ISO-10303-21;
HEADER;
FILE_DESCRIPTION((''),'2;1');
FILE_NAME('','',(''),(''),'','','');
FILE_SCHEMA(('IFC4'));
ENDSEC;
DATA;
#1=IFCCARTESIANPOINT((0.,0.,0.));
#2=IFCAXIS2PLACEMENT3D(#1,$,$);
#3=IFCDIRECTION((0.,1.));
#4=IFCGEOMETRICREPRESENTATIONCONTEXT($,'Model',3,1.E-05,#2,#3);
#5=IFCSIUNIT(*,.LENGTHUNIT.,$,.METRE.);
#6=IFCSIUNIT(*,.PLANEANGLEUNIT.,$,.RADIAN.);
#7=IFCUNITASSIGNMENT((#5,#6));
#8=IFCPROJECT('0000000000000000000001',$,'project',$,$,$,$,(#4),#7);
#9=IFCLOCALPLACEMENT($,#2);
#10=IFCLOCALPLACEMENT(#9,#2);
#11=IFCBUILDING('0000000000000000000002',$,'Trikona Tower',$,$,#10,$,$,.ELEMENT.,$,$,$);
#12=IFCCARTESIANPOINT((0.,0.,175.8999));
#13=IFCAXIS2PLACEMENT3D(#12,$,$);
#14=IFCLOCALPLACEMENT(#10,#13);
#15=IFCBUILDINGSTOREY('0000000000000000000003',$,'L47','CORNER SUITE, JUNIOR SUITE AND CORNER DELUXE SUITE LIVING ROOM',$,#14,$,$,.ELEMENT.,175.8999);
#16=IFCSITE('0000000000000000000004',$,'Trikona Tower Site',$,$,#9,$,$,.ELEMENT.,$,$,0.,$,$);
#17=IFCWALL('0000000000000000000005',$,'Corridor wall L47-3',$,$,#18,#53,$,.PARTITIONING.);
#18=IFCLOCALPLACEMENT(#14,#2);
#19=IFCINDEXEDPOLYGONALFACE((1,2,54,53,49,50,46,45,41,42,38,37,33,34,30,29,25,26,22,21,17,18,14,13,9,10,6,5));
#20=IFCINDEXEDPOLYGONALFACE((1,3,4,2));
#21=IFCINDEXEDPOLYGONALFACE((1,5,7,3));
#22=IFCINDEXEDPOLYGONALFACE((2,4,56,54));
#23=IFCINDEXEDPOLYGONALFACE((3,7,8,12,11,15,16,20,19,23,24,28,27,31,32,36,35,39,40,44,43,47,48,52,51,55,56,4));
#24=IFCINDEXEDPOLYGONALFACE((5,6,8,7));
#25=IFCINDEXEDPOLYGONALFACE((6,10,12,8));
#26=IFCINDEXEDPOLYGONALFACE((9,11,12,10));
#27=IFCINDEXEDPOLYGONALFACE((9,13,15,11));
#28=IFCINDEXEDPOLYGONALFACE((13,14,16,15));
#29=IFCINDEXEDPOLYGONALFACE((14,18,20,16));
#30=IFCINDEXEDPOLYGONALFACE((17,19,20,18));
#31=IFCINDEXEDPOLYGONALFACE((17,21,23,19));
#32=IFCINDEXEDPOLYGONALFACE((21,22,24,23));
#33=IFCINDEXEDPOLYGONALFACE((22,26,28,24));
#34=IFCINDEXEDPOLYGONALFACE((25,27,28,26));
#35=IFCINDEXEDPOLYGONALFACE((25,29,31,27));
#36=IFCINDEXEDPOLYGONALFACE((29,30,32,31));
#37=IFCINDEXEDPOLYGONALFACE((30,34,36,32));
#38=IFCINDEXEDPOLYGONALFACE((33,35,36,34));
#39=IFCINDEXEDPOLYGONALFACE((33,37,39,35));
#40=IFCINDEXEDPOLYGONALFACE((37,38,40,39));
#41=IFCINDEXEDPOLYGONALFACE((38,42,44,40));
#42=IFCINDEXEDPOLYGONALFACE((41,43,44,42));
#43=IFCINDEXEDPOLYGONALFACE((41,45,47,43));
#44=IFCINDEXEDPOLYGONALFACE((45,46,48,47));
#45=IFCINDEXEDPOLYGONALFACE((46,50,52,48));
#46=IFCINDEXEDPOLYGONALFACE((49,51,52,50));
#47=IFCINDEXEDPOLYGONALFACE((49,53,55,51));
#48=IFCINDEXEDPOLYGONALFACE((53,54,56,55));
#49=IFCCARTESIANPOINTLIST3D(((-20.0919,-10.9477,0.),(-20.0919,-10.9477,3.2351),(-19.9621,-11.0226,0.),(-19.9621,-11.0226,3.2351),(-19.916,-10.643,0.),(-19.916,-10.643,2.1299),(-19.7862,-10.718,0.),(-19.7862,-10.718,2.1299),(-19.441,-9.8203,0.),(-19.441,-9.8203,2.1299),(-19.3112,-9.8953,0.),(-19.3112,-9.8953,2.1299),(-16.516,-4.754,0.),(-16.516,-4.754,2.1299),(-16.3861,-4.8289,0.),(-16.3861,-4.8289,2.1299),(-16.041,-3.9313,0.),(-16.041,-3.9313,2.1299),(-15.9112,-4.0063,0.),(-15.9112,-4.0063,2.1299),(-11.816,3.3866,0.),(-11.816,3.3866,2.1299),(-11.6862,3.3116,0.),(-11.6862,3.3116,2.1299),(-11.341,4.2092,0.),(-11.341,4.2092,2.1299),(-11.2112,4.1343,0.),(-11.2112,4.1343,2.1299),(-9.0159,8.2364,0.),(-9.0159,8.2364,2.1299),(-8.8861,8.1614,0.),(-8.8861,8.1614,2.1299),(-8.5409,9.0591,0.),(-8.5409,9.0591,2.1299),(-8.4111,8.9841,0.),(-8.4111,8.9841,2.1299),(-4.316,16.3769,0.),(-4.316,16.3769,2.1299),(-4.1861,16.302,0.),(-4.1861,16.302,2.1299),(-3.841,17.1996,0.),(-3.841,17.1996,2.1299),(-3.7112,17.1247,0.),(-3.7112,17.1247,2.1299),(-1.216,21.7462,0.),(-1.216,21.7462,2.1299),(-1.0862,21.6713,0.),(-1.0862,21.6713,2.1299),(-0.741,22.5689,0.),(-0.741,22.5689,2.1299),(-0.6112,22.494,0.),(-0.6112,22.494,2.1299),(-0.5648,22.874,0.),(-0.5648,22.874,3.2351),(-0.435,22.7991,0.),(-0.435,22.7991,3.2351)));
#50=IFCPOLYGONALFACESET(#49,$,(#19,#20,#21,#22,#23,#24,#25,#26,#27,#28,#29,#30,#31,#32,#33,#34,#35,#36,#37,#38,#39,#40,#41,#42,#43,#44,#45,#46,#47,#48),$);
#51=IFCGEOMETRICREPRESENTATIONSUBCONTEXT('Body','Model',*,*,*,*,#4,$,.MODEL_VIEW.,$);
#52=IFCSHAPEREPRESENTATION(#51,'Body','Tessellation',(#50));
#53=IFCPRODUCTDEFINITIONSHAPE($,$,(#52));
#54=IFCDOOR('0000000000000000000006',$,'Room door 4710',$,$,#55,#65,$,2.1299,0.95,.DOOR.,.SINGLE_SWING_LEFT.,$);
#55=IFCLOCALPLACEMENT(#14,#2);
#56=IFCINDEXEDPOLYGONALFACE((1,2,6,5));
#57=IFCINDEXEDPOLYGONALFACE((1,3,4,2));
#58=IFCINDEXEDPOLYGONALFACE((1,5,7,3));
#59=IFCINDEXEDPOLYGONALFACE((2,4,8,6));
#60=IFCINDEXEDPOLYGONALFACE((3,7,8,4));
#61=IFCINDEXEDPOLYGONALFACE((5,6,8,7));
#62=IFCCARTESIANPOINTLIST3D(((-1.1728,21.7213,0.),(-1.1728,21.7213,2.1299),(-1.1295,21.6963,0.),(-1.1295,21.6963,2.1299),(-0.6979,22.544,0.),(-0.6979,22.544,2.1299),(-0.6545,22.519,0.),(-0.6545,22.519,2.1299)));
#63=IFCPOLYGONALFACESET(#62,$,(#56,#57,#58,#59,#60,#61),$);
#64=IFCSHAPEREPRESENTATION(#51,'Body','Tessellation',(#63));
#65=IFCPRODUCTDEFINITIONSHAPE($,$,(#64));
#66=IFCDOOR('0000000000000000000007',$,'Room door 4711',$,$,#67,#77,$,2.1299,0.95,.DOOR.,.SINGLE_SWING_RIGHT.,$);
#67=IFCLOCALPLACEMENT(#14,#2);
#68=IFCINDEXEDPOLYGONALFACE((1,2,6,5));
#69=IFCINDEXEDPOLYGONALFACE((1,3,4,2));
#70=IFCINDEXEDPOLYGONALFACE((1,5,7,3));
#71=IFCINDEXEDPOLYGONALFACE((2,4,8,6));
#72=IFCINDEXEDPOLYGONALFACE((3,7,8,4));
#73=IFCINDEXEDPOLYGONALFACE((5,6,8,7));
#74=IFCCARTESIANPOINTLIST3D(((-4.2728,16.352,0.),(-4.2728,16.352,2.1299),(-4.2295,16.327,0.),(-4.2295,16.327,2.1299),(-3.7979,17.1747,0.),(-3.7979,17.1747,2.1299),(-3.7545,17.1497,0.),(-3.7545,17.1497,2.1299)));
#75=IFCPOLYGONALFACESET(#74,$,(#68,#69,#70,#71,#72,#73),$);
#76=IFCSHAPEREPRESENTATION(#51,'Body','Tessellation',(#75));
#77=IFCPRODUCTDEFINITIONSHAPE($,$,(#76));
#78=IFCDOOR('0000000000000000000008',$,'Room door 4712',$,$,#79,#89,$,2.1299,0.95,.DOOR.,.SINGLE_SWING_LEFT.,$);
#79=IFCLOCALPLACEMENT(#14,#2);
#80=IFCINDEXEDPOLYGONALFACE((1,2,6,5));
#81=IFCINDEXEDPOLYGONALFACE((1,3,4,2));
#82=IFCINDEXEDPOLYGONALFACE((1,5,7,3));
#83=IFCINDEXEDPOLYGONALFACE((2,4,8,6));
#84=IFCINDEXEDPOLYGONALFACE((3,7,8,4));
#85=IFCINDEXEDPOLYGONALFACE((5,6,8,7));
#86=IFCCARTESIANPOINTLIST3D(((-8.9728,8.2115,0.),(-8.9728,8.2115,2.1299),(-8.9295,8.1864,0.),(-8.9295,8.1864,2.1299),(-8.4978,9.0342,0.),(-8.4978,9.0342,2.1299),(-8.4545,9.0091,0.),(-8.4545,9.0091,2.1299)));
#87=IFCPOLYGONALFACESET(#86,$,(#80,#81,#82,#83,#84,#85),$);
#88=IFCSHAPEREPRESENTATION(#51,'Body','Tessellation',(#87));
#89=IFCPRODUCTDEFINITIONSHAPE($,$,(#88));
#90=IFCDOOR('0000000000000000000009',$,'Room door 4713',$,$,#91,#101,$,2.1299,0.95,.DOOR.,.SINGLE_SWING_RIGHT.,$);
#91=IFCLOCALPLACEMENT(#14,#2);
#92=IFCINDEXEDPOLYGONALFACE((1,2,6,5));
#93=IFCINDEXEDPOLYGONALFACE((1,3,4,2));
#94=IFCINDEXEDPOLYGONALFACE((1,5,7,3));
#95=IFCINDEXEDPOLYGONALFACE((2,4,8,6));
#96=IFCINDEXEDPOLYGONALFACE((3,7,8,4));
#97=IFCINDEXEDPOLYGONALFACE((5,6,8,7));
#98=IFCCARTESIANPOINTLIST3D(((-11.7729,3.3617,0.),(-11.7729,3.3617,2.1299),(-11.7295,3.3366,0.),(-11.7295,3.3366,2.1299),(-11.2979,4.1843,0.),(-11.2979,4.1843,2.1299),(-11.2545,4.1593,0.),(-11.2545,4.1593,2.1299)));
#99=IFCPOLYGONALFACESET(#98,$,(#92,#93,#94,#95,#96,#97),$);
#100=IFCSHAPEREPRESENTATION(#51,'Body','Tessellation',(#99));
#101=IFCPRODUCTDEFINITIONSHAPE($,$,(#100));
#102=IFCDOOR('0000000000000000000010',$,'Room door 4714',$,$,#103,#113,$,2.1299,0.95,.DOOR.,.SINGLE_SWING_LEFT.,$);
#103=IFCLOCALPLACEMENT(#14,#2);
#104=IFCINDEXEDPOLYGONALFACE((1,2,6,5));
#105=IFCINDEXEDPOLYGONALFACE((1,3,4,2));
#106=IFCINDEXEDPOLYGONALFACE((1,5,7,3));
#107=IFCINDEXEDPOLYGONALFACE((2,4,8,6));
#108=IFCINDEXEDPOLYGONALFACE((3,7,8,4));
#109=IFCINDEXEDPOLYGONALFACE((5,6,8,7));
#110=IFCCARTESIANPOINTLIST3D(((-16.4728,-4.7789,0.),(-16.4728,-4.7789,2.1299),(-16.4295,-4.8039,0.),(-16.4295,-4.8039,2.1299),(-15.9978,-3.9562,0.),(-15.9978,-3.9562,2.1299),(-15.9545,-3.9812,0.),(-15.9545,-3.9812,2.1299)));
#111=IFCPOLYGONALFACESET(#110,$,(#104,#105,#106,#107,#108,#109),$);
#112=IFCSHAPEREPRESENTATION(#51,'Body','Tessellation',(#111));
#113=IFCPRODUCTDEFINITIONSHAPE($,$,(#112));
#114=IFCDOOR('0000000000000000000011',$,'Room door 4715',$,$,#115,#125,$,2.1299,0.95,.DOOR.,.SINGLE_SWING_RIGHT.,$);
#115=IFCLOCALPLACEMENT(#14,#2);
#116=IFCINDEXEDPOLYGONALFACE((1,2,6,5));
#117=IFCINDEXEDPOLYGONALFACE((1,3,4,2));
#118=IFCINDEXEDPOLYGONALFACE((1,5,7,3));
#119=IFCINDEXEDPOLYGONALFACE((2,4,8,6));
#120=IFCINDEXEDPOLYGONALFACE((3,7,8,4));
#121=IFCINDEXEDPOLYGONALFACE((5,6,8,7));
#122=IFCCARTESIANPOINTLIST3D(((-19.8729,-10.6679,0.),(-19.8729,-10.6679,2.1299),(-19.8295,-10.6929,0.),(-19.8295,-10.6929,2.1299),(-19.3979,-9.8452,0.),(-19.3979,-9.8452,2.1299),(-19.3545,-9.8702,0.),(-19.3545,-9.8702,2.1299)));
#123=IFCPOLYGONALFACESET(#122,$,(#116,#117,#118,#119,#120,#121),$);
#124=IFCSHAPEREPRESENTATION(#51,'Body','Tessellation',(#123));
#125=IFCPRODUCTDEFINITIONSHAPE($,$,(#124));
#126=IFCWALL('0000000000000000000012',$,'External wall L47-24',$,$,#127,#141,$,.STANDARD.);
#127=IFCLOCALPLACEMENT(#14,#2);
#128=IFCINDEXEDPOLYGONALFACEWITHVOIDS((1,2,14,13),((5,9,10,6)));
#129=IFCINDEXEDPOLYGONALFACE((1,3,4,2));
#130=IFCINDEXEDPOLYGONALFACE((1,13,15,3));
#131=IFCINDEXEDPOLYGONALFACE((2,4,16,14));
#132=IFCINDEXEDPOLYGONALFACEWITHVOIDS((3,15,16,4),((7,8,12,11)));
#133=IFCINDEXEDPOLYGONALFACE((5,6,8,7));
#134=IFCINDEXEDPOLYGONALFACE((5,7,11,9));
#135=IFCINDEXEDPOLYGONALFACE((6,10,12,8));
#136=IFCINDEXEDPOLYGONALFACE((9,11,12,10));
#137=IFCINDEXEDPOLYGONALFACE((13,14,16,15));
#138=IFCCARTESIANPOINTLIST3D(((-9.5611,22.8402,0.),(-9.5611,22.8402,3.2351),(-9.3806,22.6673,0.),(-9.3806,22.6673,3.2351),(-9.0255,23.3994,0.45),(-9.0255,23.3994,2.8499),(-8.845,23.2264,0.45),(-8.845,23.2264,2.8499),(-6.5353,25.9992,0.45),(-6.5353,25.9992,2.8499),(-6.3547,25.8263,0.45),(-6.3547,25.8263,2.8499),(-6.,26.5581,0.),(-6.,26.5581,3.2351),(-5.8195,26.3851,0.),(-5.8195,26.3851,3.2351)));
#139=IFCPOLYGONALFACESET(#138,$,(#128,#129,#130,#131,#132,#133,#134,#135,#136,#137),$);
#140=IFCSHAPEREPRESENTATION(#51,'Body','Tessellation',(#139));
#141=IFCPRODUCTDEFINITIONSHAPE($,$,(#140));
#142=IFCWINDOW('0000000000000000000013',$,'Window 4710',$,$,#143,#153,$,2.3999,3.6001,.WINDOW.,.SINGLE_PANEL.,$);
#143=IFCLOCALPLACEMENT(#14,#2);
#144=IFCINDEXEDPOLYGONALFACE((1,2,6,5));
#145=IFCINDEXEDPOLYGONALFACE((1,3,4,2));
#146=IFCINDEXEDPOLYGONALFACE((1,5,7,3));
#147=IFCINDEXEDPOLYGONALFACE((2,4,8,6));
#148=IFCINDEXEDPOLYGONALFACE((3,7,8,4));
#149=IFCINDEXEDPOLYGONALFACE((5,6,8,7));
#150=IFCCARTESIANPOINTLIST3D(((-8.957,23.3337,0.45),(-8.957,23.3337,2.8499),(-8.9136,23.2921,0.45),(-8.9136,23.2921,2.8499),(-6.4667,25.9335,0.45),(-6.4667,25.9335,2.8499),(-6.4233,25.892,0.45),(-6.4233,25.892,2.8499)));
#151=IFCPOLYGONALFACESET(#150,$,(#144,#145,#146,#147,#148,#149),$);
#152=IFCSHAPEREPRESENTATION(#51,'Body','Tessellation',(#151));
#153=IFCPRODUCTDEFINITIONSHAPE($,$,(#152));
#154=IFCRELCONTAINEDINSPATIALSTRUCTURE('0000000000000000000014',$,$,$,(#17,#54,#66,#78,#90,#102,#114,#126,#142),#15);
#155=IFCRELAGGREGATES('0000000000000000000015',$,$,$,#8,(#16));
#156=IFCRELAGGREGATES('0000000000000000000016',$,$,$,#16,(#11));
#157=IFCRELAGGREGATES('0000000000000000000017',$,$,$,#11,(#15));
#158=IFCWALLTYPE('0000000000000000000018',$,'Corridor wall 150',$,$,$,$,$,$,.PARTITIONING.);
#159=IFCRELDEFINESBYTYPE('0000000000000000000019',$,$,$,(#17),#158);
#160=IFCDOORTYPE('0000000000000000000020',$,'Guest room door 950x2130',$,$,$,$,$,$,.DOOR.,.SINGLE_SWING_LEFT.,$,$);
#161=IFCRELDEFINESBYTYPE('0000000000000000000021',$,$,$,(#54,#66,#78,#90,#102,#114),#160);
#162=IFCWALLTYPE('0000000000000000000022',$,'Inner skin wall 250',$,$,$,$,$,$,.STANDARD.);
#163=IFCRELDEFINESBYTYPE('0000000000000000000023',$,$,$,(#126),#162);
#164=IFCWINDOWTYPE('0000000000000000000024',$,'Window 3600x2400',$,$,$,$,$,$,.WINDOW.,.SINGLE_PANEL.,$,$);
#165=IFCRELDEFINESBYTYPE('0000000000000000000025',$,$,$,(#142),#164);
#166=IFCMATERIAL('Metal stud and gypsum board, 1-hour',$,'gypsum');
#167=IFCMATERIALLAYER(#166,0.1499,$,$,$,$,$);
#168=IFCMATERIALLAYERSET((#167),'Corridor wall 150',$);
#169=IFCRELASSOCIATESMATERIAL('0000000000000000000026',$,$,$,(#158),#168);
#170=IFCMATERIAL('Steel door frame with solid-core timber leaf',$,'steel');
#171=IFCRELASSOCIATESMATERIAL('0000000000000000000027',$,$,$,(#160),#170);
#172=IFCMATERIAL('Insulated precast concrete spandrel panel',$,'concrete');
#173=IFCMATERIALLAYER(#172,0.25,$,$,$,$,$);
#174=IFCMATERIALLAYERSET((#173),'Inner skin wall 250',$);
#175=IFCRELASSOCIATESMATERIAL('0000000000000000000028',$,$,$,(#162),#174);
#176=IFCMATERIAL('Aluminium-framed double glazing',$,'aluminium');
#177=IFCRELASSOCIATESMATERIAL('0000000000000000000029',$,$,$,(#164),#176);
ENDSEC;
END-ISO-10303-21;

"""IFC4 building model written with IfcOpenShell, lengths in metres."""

from ifc_helpers import new_model, si_unit, direction, frame, frame_2d, origin, place, context, subcontext, project, spatial, rectangle, extrude, material, layer, layer_set, type_object, element, fill, save


model = new_model("IFC4")

# Units and contexts
model_context = context("Model", 3, precision=1e-05, world=origin(), true_north=direction((0.0, 1.0)))
body_context = subcontext(model_context, "Body", "Model", "MODEL_VIEW")
ifc_project = project(units=[si_unit("LENGTHUNIT", "METRE"), si_unit("PLANEANGLEUNIT", "RADIAN")], contexts=[model_context])

# Site, building, storey
site_placement = place(None, origin())
site = spatial("IfcSite", under=ifc_project, at=site_placement, Name="Trikona Tower Site", CompositionType="ELEMENT", RefElevation=0.0)
building_placement = place(site_placement, origin())
building = spatial("IfcBuilding", under=site, at=building_placement, Name="Trikona Tower", CompositionType="ELEMENT")
storey_placement = place(building_placement, frame((0.0, 0.0, 175.8999)))
storey = spatial("IfcBuildingStorey", under=building, at=storey_placement, Name="L47", Description="CORNER SUITE, JUNIOR SUITE AND CORNER DELUXE SUITE LIVING ROOM", CompositionType="ELEMENT", Elevation=175.8999)

# Wall, openings, doors
ifc_material_1 = material(Name="Metal stud and gypsum board, 1-hour", Category="gypsum")
ifc_layer_1 = layer(ifc_material_1, 0.1499)
ifc_layer_set_1 = layer_set([ifc_layer_1], Name="Corridor wall 150")
wall_type_1 = type_object("IfcWallType", Name="Corridor wall 150", PredefinedType="PARTITIONING", material=ifc_layer_set_1)
wall_1_placement = place(storey_placement, frame((-0.5, 22.8364, 0.0), z_axis=(0.0, 0.0, 1.0), x_axis=(-0.500002, -0.866024, 0.0)))
wall_1 = element("IfcWall", 1, at=wall_1_placement, inside=storey, type_object=wall_type_1, Name="Corridor wall L47-3", PredefinedType="PARTITIONING", context=body_context, shape_type="SweptSolid", body=[
    extrude(rectangle(XDim=39.054, YDim=0.1499, at=frame_2d((19.5269, 0.0))), origin(), (0.0, 0.0, 1.0), 3.2351),
])
opening_1_placement = place(wall_1_placement, frame((0.3521, 0.0, 0.0)))
opening_1 = element("IfcOpeningElement", 2, at=opening_1_placement, cuts=wall_1, PredefinedType="OPENING", context=body_context, shape_type="SweptSolid", body=[
    extrude(rectangle(XDim=0.95, YDim=2.1299, at=frame_2d((0.4751, 1.0649))), frame((0.0, 0.085, 0.0), z_axis=(0.0, -1.0, 0.0), x_axis=(1.0, 0.0, 0.0)), (0.0, 0.0, 1.0), 0.1699),
])
opening_2_placement = place(wall_1_placement, frame((6.552, 0.0, 0.0)))
opening_2 = element("IfcOpeningElement", 3, at=opening_2_placement, cuts=wall_1, PredefinedType="OPENING", context=body_context, shape_type="SweptSolid", body=[
    extrude(rectangle(XDim=0.95, YDim=2.1299, at=frame_2d((0.4751, 1.0649))), frame((0.0, 0.085, 0.0), z_axis=(0.0, -1.0, 0.0), x_axis=(1.0, 0.0, 0.0)), (0.0, 0.0, 1.0), 0.1699),
])
opening_3_placement = place(wall_1_placement, frame((15.9519, 0.0, 0.0)))
opening_3 = element("IfcOpeningElement", 4, at=opening_3_placement, cuts=wall_1, PredefinedType="OPENING", context=body_context, shape_type="SweptSolid", body=[
    extrude(rectangle(XDim=0.95, YDim=2.1299, at=frame_2d((0.4751, 1.0649))), frame((0.0, 0.085, 0.0), z_axis=(0.0, -1.0, 0.0), x_axis=(1.0, 0.0, 0.0)), (0.0, 0.0, 1.0), 0.1699),
])
opening_4_placement = place(wall_1_placement, frame((21.552, 0.0, 0.0)))
opening_4 = element("IfcOpeningElement", 5, at=opening_4_placement, cuts=wall_1, PredefinedType="OPENING", context=body_context, shape_type="SweptSolid", body=[
    extrude(rectangle(XDim=0.95, YDim=2.1299, at=frame_2d((0.4751, 1.0649))), frame((0.0, 0.085, 0.0), z_axis=(0.0, -1.0, 0.0), x_axis=(1.0, 0.0, 0.0)), (0.0, 0.0, 1.0), 0.1699),
])
opening_5_placement = place(wall_1_placement, frame((30.9519, 0.0, 0.0)))
opening_5 = element("IfcOpeningElement", 6, at=opening_5_placement, cuts=wall_1, PredefinedType="OPENING", context=body_context, shape_type="SweptSolid", body=[
    extrude(rectangle(XDim=0.95, YDim=2.1299, at=frame_2d((0.4751, 1.0649))), frame((0.0, 0.085, 0.0), z_axis=(0.0, -1.0, 0.0), x_axis=(1.0, 0.0, 0.0)), (0.0, 0.0, 1.0), 0.1699),
])
opening_6_placement = place(wall_1_placement, frame((37.752, 0.0, 0.0)))
opening_6 = element("IfcOpeningElement", 7, at=opening_6_placement, cuts=wall_1, PredefinedType="OPENING", context=body_context, shape_type="SweptSolid", body=[
    extrude(rectangle(XDim=0.95, YDim=2.1299, at=frame_2d((0.4751, 1.0649))), frame((0.0, 0.085, 0.0), z_axis=(0.0, -1.0, 0.0), x_axis=(1.0, 0.0, 0.0)), (0.0, 0.0, 1.0), 0.1699),
])
ifc_material_2 = material(Name="Steel door frame with solid-core timber leaf", Category="steel")
door_type = type_object("IfcDoorType", Name="Guest room door 950x2130", OperationType="SINGLE_SWING_LEFT", PredefinedType="DOOR", material=ifc_material_2)
door_1_placement = place(opening_1_placement, origin())
door_1 = element("IfcDoor", 8, at=door_1_placement, inside=storey, type_object=door_type, Name="Room door 4710", OperationType="SINGLE_SWING_LEFT", OverallHeight=2.1299, OverallWidth=0.95, PredefinedType="DOOR", context=body_context, shape_type="SweptSolid", body=[
    extrude(rectangle(XDim=0.95, YDim=2.1299, at=frame_2d((0.4751, 1.0649))), frame((0.0, 0.0249, 0.0), z_axis=(0.0, -1.0, 0.0), x_axis=(1.0, 0.0, 0.0)), (0.0, 0.0, 1.0), 0.05),
])
fill(opening_1, door_1)
door_2_placement = place(opening_2_placement, origin())
door_2 = element("IfcDoor", 9, at=door_2_placement, inside=storey, type_object=door_type, Name="Room door 4711", OperationType="SINGLE_SWING_RIGHT", OverallHeight=2.1299, OverallWidth=0.95, PredefinedType="DOOR", context=body_context, shape_type="SweptSolid", body=[
    extrude(rectangle(XDim=0.95, YDim=2.1299, at=frame_2d((0.4751, 1.0649))), frame((0.0, 0.0249, 0.0), z_axis=(0.0, -1.0, 0.0), x_axis=(1.0, 0.0, 0.0)), (0.0, 0.0, 1.0), 0.05),
])
fill(opening_2, door_2)
door_3_placement = place(opening_3_placement, origin())
door_3 = element("IfcDoor", 10, at=door_3_placement, inside=storey, type_object=door_type, Name="Room door 4712", OperationType="SINGLE_SWING_LEFT", OverallHeight=2.1299, OverallWidth=0.95, PredefinedType="DOOR", context=body_context, shape_type="SweptSolid", body=[
    extrude(rectangle(XDim=0.95, YDim=2.1299, at=frame_2d((0.4751, 1.0649))), frame((0.0, 0.0249, 0.0), z_axis=(0.0, -1.0, 0.0), x_axis=(1.0, 0.0, 0.0)), (0.0, 0.0, 1.0), 0.05),
])
fill(opening_3, door_3)
door_4_placement = place(opening_4_placement, origin())
door_4 = element("IfcDoor", 11, at=door_4_placement, inside=storey, type_object=door_type, Name="Room door 4713", OperationType="SINGLE_SWING_RIGHT", OverallHeight=2.1299, OverallWidth=0.95, PredefinedType="DOOR", context=body_context, shape_type="SweptSolid", body=[
    extrude(rectangle(XDim=0.95, YDim=2.1299, at=frame_2d((0.4751, 1.0649))), frame((0.0, 0.0249, 0.0), z_axis=(0.0, -1.0, 0.0), x_axis=(1.0, 0.0, 0.0)), (0.0, 0.0, 1.0), 0.05),
])
fill(opening_4, door_4)
door_5_placement = place(opening_5_placement, origin())
door_5 = element("IfcDoor", 12, at=door_5_placement, inside=storey, type_object=door_type, Name="Room door 4714", OperationType="SINGLE_SWING_LEFT", OverallHeight=2.1299, OverallWidth=0.95, PredefinedType="DOOR", context=body_context, shape_type="SweptSolid", body=[
    extrude(rectangle(XDim=0.95, YDim=2.1299, at=frame_2d((0.4751, 1.0649))), frame((0.0, 0.0249, 0.0), z_axis=(0.0, -1.0, 0.0), x_axis=(1.0, 0.0, 0.0)), (0.0, 0.0, 1.0), 0.05),
])
fill(opening_5, door_5)
door_6_placement = place(opening_6_placement, origin())
door_6 = element("IfcDoor", 13, at=door_6_placement, inside=storey, type_object=door_type, Name="Room door 4715", OperationType="SINGLE_SWING_RIGHT", OverallHeight=2.1299, OverallWidth=0.95, PredefinedType="DOOR", context=body_context, shape_type="SweptSolid", body=[
    extrude(rectangle(XDim=0.95, YDim=2.1299, at=frame_2d((0.4751, 1.0649))), frame((0.0, 0.0249, 0.0), z_axis=(0.0, -1.0, 0.0), x_axis=(1.0, 0.0, 0.0)), (0.0, 0.0, 1.0), 0.05),
])
fill(opening_6, door_6)

# Wall, opening, window
ifc_material_3 = material(Name="Insulated precast concrete spandrel panel", Category="concrete")
ifc_layer_2 = layer(ifc_material_3, 0.25)
ifc_layer_set_2 = layer_set([ifc_layer_2], Name="Inner skin wall 250")
wall_type_2 = type_object("IfcWallType", Name="Inner skin wall 250", PredefinedType="STANDARD", material=ifc_layer_set_2)
wall_2_placement = place(storey_placement, frame((-5.9097, 26.4717, 0.0), z_axis=(0.0, 0.0, 1.0), x_axis=(-0.69172, -0.722166, 0.0)))
wall_2 = element("IfcWall", 14, at=wall_2_placement, inside=storey, type_object=wall_type_2, Name="External wall L47-24", PredefinedType="STANDARD", context=body_context, shape_type="SweptSolid", body=[
    extrude(rectangle(XDim=5.1482, YDim=0.25, at=frame_2d((2.5742, 0.0))), origin(), (0.0, 0.0, 1.0), 3.2351),
])
opening_7_placement = place(wall_2_placement, frame((0.7739, 0.0, 0.45)))
opening_7 = element("IfcOpeningElement", 15, at=opening_7_placement, cuts=wall_2, PredefinedType="OPENING", context=body_context, shape_type="SweptSolid", body=[
    extrude(rectangle(XDim=3.6001, YDim=2.3999, at=frame_2d((1.8, 1.2))), frame((0.0, 0.135, 0.0), z_axis=(0.0, -1.0, 0.0), x_axis=(1.0, 0.0, 0.0)), (0.0, 0.0, 1.0), 0.27),
])
ifc_material_4 = material(Name="Aluminium-framed double glazing", Category="aluminium")
window_type_1 = type_object("IfcWindowType", Name="Window 3600x2400", PartitioningType="SINGLE_PANEL", PredefinedType="WINDOW", material=ifc_material_4)
window_1_placement = place(opening_7_placement, origin())
window_1 = element("IfcWindow", 16, at=window_1_placement, inside=storey, type_object=window_type_1, Name="Window 4710", OverallHeight=2.3999, OverallWidth=3.6001, PartitioningType="SINGLE_PANEL", PredefinedType="WINDOW", context=body_context, shape_type="SweptSolid", body=[
    extrude(rectangle(XDim=3.6001, YDim=2.3999, at=frame_2d((1.8, 1.2))), frame((0.0, 0.03, 0.0), z_axis=(0.0, -1.0, 0.0), x_axis=(1.0, 0.0, 0.0)), (0.0, 0.0, 1.0), 0.0601),
])
fill(opening_7, window_1)

save(model, "model.ifc")
